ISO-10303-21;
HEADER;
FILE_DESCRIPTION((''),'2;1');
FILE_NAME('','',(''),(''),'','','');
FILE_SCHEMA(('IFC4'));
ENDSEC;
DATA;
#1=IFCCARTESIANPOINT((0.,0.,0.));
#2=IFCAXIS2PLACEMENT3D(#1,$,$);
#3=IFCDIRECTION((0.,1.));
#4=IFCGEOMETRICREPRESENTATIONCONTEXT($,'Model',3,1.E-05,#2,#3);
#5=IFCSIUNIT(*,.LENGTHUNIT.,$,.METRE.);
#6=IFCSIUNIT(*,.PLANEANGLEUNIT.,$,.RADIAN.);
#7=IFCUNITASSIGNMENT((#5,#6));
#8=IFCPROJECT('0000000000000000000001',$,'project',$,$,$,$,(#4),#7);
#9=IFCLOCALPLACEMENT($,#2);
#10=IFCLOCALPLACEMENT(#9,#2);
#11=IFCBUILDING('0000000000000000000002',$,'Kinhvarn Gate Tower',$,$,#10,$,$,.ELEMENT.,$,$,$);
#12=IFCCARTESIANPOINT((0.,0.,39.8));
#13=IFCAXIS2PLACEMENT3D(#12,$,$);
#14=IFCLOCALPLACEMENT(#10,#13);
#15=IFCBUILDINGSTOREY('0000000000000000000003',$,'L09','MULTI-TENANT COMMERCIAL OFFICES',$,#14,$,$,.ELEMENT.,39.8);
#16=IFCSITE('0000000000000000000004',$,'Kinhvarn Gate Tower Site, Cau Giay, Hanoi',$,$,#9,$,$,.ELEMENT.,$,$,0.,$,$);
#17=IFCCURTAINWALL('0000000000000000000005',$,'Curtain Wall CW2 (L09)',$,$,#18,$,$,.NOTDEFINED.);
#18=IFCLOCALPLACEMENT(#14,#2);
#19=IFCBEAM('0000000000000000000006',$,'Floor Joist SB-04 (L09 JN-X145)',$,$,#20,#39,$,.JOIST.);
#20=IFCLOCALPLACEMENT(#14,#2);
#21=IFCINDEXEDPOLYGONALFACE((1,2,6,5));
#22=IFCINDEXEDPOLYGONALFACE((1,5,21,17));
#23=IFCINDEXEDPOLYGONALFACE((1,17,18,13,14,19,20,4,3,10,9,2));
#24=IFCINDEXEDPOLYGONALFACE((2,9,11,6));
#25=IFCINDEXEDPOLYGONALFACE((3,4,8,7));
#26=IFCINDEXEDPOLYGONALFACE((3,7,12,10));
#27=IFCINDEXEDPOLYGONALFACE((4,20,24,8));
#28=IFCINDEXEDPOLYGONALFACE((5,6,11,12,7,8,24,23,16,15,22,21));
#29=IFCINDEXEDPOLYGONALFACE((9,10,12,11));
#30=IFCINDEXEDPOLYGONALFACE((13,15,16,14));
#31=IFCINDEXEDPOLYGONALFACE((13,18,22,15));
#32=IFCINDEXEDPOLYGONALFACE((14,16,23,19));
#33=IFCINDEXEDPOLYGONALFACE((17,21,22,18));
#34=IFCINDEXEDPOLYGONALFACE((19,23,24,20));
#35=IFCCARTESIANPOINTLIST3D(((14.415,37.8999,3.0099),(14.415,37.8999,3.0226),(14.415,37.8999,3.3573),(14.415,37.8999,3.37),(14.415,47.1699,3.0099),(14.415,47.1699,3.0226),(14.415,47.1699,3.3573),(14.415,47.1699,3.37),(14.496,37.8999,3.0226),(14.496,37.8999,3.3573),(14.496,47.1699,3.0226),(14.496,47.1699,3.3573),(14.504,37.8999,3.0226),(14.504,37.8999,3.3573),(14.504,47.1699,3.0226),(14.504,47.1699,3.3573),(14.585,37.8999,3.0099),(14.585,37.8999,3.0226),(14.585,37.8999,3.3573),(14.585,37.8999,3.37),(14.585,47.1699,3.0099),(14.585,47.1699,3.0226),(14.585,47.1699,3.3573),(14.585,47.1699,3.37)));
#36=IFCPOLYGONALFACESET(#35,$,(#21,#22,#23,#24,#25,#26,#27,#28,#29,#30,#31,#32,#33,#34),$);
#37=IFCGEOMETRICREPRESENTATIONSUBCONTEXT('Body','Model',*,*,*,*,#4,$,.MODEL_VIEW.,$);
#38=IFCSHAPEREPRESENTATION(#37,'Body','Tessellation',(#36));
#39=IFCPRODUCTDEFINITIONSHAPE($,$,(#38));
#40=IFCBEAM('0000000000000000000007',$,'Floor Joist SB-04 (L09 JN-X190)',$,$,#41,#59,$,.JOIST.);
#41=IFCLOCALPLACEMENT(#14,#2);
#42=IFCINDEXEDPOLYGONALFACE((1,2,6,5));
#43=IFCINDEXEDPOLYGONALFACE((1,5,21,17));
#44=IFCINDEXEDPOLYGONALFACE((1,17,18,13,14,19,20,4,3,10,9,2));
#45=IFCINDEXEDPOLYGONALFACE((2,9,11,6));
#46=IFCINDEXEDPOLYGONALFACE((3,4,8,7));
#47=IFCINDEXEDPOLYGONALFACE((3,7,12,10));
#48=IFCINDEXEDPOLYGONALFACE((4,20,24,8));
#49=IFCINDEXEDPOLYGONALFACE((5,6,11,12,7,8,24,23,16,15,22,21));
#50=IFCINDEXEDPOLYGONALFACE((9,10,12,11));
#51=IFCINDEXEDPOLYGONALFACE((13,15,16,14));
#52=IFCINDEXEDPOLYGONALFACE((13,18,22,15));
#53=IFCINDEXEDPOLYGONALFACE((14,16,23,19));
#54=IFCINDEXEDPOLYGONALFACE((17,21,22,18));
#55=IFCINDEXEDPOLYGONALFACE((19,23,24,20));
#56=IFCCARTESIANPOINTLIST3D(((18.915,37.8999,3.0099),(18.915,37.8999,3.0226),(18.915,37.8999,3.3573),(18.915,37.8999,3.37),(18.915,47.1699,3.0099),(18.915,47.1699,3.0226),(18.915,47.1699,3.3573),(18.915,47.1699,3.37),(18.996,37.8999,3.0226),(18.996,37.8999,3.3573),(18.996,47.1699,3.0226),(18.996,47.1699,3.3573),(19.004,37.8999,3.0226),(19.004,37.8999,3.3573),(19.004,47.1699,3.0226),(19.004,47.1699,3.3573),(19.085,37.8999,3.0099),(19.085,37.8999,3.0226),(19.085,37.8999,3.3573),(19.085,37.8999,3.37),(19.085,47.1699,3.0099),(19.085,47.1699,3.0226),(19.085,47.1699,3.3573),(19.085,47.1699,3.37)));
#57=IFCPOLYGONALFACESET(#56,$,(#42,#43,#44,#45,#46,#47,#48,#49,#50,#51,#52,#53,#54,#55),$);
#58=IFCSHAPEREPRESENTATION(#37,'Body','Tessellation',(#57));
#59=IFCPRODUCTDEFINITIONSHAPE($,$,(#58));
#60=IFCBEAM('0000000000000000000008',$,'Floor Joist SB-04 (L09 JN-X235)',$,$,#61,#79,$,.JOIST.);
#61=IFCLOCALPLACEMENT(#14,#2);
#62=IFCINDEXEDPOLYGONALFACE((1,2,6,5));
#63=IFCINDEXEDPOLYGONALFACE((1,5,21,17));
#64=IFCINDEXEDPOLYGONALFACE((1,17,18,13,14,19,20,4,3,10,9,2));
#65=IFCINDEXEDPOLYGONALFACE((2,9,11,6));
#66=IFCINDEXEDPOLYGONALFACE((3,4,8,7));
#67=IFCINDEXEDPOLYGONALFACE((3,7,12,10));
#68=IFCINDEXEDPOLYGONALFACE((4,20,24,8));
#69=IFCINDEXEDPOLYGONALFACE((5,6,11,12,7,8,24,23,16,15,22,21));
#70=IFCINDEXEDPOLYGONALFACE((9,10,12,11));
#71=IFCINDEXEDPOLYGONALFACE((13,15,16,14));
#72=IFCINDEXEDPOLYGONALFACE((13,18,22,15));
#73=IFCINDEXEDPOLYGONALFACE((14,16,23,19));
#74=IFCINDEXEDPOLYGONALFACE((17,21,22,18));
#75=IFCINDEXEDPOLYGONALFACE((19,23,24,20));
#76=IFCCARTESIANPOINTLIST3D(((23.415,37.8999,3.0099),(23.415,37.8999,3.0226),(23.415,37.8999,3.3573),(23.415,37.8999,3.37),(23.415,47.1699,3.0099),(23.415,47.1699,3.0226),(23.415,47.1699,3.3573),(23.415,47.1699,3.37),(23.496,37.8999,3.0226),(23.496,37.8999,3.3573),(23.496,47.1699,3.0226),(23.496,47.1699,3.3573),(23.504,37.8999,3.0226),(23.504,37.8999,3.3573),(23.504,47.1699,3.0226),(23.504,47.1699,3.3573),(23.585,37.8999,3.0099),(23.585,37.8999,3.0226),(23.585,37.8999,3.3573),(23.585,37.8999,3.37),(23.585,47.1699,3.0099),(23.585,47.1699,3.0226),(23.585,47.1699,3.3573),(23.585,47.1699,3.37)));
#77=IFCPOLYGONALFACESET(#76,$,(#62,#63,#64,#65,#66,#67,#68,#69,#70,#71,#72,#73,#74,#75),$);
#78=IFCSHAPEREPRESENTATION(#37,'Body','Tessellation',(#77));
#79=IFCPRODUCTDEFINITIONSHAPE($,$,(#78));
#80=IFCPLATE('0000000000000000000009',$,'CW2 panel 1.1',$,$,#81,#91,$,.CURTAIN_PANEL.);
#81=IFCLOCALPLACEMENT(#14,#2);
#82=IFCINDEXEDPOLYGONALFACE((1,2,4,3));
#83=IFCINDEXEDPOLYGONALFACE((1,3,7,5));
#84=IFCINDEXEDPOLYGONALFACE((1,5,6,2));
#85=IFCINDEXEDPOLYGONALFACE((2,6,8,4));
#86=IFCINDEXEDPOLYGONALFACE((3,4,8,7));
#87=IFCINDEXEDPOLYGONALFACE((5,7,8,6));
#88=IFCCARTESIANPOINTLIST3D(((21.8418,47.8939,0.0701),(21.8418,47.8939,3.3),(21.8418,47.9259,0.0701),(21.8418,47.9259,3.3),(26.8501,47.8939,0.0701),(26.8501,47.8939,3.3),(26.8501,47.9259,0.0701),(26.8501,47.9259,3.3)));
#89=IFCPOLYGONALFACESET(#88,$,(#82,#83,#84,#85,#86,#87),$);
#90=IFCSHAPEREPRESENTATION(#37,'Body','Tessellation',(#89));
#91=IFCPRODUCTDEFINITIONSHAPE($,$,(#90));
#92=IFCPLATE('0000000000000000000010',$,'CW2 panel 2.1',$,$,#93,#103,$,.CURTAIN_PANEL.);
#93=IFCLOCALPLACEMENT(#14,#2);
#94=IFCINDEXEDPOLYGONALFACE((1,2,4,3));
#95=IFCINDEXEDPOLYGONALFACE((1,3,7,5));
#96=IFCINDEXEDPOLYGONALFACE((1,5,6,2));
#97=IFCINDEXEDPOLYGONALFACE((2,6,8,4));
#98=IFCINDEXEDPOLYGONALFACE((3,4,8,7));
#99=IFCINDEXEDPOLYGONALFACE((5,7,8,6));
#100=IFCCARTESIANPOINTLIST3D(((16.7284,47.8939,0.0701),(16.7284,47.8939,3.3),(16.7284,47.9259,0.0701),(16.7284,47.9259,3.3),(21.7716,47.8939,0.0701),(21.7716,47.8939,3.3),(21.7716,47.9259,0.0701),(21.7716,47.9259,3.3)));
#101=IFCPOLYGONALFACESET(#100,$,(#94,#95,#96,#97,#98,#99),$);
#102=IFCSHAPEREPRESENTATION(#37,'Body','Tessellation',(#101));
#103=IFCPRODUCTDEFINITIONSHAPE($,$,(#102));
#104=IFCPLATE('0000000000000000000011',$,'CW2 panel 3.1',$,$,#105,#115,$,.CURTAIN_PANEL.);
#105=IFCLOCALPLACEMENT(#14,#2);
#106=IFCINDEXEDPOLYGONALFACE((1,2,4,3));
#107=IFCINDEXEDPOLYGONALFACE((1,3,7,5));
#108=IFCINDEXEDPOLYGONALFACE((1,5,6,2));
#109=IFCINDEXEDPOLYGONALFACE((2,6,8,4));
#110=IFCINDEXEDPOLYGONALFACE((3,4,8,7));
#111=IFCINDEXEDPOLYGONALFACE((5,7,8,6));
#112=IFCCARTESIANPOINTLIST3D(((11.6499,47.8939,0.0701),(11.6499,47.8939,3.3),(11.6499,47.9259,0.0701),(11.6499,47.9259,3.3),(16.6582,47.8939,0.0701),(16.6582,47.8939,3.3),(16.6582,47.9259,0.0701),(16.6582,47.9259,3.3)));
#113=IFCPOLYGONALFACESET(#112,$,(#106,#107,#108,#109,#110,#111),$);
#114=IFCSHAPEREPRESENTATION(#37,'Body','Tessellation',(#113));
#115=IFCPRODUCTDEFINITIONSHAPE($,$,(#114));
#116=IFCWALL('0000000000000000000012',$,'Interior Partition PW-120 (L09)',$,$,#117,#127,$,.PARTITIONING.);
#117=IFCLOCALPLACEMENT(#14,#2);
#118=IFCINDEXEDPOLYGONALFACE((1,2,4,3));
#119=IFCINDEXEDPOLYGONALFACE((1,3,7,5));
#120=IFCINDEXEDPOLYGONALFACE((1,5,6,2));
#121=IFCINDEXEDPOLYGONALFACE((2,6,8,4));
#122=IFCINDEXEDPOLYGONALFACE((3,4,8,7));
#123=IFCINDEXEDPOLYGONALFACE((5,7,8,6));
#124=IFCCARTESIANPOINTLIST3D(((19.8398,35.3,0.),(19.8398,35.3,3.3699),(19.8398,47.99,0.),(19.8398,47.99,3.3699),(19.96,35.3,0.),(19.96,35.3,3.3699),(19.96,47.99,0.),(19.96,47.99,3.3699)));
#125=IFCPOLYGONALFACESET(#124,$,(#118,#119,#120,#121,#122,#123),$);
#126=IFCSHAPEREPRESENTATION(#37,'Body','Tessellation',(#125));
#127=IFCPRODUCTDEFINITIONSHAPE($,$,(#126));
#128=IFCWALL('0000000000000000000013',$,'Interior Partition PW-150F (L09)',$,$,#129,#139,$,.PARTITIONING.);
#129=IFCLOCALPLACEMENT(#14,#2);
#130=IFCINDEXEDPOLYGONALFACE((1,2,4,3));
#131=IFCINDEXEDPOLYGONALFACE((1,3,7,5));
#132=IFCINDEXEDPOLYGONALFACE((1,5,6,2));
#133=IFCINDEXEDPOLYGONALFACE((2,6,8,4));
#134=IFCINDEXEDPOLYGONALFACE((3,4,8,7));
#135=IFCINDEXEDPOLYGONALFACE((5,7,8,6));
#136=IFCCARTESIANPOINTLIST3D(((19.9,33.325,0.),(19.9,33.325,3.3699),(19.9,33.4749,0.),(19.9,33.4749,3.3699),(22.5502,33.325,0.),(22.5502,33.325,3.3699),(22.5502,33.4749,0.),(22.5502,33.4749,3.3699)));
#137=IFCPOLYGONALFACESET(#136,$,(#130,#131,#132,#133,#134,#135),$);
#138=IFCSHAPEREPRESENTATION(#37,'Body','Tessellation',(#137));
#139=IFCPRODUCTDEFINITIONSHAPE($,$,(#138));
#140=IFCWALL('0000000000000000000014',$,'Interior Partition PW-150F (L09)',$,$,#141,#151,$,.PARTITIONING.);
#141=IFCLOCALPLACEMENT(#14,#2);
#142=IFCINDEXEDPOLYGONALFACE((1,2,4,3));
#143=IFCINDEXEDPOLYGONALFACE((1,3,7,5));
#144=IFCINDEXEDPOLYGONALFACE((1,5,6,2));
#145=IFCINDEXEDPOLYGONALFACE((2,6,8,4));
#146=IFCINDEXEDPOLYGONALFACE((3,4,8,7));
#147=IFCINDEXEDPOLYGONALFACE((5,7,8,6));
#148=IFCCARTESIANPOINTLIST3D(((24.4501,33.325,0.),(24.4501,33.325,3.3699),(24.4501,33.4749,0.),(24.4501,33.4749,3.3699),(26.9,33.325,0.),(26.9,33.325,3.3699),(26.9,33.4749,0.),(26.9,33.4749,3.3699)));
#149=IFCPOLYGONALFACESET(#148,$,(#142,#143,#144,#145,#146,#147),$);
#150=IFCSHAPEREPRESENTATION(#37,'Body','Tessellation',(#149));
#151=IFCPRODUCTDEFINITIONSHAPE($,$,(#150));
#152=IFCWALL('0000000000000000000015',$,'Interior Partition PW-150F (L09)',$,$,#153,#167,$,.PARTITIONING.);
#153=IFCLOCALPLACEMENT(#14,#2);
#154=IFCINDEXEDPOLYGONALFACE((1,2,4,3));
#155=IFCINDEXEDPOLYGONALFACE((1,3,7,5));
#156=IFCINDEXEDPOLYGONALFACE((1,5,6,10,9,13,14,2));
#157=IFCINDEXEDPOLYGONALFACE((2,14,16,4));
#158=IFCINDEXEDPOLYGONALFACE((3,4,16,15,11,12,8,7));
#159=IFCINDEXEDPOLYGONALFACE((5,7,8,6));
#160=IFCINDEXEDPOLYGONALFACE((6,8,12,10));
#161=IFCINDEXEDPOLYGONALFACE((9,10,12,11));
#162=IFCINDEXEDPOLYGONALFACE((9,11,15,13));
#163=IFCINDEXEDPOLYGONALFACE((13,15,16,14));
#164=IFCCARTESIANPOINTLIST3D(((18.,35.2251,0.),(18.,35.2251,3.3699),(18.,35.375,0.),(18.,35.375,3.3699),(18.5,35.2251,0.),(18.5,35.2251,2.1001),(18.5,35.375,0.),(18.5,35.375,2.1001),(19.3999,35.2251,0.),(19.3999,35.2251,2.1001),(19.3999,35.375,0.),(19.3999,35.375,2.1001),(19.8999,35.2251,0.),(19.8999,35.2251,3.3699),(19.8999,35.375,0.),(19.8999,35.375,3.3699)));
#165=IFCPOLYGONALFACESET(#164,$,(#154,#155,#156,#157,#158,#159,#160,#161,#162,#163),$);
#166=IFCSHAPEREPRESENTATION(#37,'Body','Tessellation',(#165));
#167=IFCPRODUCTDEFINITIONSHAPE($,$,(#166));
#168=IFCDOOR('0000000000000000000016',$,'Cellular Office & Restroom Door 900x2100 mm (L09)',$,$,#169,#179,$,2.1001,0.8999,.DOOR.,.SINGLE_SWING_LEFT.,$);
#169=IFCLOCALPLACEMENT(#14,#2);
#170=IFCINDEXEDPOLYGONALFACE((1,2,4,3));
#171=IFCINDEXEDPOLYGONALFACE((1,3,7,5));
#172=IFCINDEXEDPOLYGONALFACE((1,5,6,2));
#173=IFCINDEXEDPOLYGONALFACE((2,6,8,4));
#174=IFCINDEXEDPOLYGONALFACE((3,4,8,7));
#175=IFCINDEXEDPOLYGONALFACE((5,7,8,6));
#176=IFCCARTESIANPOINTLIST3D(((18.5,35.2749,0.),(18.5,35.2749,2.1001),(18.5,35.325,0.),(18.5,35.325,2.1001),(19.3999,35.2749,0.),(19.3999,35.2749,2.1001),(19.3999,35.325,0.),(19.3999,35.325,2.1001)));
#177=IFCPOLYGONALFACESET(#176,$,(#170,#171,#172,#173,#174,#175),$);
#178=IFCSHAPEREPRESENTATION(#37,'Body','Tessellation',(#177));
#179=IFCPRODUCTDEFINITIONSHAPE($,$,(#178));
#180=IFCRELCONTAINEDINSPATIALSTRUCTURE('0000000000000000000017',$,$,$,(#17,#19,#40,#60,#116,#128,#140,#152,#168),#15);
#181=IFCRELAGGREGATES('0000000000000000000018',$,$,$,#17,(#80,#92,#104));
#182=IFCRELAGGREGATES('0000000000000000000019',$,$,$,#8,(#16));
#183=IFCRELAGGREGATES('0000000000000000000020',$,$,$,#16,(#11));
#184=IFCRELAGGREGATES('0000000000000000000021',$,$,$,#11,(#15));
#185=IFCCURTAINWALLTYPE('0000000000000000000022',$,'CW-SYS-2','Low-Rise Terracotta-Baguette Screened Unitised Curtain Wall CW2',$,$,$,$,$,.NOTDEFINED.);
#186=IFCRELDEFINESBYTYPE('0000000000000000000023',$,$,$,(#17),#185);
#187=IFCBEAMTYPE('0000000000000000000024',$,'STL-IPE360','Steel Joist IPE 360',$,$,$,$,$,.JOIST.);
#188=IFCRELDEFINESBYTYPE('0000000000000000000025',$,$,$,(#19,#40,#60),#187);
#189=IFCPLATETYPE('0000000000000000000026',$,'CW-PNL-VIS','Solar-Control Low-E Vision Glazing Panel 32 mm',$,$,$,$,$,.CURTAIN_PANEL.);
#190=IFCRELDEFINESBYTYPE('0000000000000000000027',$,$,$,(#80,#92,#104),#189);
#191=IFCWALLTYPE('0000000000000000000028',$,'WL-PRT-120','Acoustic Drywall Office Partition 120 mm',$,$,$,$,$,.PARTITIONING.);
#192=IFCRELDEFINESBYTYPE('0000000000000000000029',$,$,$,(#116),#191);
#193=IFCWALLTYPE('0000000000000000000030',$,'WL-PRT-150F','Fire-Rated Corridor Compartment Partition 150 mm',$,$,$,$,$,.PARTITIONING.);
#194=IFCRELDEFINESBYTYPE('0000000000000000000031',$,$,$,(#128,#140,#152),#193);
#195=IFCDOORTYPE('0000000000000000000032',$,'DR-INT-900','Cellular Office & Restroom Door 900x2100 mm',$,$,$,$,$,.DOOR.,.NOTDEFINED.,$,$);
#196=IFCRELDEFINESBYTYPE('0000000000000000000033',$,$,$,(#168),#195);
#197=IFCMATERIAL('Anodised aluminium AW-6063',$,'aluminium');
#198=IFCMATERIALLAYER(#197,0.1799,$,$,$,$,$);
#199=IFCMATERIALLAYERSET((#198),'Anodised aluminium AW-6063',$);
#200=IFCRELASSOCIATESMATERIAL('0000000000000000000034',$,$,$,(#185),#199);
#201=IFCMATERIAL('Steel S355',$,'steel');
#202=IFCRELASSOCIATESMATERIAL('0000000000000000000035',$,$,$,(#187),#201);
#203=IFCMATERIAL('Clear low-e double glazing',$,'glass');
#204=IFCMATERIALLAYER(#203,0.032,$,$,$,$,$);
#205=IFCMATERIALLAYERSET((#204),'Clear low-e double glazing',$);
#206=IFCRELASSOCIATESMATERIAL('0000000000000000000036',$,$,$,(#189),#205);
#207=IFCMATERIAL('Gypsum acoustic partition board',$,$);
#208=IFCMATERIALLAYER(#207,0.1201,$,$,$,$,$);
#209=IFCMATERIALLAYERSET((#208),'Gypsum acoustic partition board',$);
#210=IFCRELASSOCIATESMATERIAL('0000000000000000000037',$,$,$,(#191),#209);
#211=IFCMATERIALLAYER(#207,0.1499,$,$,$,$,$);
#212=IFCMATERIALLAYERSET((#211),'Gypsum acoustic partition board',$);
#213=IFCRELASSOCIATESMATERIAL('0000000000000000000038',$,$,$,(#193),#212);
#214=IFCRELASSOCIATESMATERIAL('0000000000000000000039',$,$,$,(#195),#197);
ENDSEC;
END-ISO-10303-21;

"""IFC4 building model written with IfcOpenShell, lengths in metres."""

from ifc_helpers import new_model, si_unit, direction, frame, frame_2d, origin, origin_2d, place, context, subcontext, project, spatial, rectangle, i_section, extrude, material, layer, layer_set, material_profile, profile_set, type_object, element, fill, aggregate, save


model = new_model("IFC4")

# Units and contexts
model_context = context("Model", 3, precision=1e-05, world=origin(), true_north=direction((0.0, 1.0)))
body_context = subcontext(model_context, "Body", "Model", "MODEL_VIEW")
ifc_project = project(units=[si_unit("LENGTHUNIT", "METRE"), si_unit("PLANEANGLEUNIT", "RADIAN")], contexts=[model_context])

# Site, building, storey
site_placement = place(None, origin())
site = spatial("IfcSite", under=ifc_project, at=site_placement, Name="Kinhvarn Gate Tower Site, Cau Giay, Hanoi", CompositionType="ELEMENT", RefElevation=0.0)
building_placement = place(site_placement, origin())
building = spatial("IfcBuilding", under=site, at=building_placement, Name="Kinhvarn Gate Tower", CompositionType="ELEMENT")
storey_placement = place(building_placement, frame((0.0, 0.0, 39.8)))
storey = spatial("IfcBuildingStorey", under=building, at=storey_placement, Name="L09", Description="MULTI-TENANT COMMERCIAL OFFICES", CompositionType="ELEMENT", Elevation=39.8)

# Curtain wall
ifc_material_1 = material(Name="Anodised aluminium AW-6063", Category="aluminium")
ifc_layer_1 = layer(ifc_material_1, 0.1799)
ifc_layer_set_1 = layer_set([ifc_layer_1], Name="Anodised aluminium AW-6063")
curtain_wall_type = type_object("IfcCurtainWallType", Name="CW-SYS-2", Description="Low-Rise Terracotta-Baguette Screened Unitised Curtain Wall CW2", PredefinedType="NOTDEFINED", material=ifc_layer_set_1)
curtain_wall_placement = place(storey_placement, origin())
curtain_wall = element("IfcCurtainWall", 1, at=curtain_wall_placement, inside=storey, type_object=curtain_wall_type, Name="Curtain Wall CW2 (L09)", PredefinedType="NOTDEFINED")

# Beams
ifc_material_2 = material(Name="Steel S355", Category="steel")
ifc_material_profile_1 = material_profile(ifc_material_2, i_section(OverallWidth=0.1699, OverallDepth=0.3601, WebThickness=0.0081, FlangeThickness=0.0127, at=origin_2d()), Name="IPE 360")
ifc_profile_set_1 = profile_set([ifc_material_profile_1], Name="Steel S355")
beam_type_1 = type_object("IfcBeamType", Name="STL-IPE360", Description="Steel Joist IPE 360", PredefinedType="JOIST", material=ifc_profile_set_1)
for number, where, z_axis, x_axis, name in (
    (2, (14.5, 37.8999, 3.1899), (0.0, 1.0, 0.0), (-1.0, 0.0, 0.0), "Floor Joist SB-04 (L09 JN-X145)"),
    (3, (19.0, 37.8999, 3.1899), (0.0, 1.0, 0.0), (-1.0, 0.0, 0.0), "Floor Joist SB-04 (L09 JN-X190)"),
    (4, (23.5, 37.8999, 3.1899), (0.0, 1.0, 0.0), (-1.0, 0.0, 0.0), "Floor Joist SB-04 (L09 JN-X235)"),
):
    element("IfcBeam", number, at=place(storey_placement, frame(where, z_axis=z_axis, x_axis=x_axis)), inside=storey, type_object=beam_type_1, Name=name, PredefinedType="JOIST", context=body_context, shape_type="SweptSolid", body=[
        extrude(i_section(OverallWidth=0.1699, OverallDepth=0.3601, WebThickness=0.0081, FlangeThickness=0.0127, at=origin_2d()), origin(), (0.0, 0.0, 1.0), 9.27),
    ])

# Plates
ifc_material_3 = material(Name="Clear low-e double glazing", Category="glass")
ifc_layer_2 = layer(ifc_material_3, 0.032)
ifc_layer_set_2 = layer_set([ifc_layer_2], Name="Clear low-e double glazing")
plate_type = type_object("IfcPlateType", Name="CW-PNL-VIS", Description="Solar-Control Low-E Vision Glazing Panel 32 mm", PredefinedType="CURTAIN_PANEL", material=ifc_layer_set_2)
plate_1_placement = place(storey_placement, frame((24.3459, 47.9099, 0.0701), z_axis=(0.0, 0.0, 1.0), x_axis=(-1.0, 0.0, 0.0)))
plate_1 = element("IfcPlate", 5, at=plate_1_placement, type_object=plate_type, Name="CW2 panel 1.1", PredefinedType="CURTAIN_PANEL", context=body_context, shape_type="SweptSolid", body=[
    extrude(rectangle(XDim=5.0083, YDim=0.032, at=origin_2d()), origin(), (0.0, 0.0, 1.0), 3.23),
])
plate_2_placement = place(storey_placement, frame((19.25, 47.9099, 0.0701), z_axis=(0.0, 0.0, 1.0), x_axis=(-1.0, 0.0, 0.0)))
plate_2 = element("IfcPlate", 6, at=plate_2_placement, type_object=plate_type, Name="CW2 panel 2.1", PredefinedType="CURTAIN_PANEL", context=body_context, shape_type="SweptSolid", body=[
    extrude(rectangle(XDim=5.0432, YDim=0.032, at=origin_2d()), origin(), (0.0, 0.0, 1.0), 3.23),
])
plate_3_placement = place(storey_placement, frame((14.1541, 47.9099, 0.0701), z_axis=(0.0, 0.0, 1.0), x_axis=(-1.0, 0.0, 0.0)))
plate_3 = element("IfcPlate", 7, at=plate_3_placement, type_object=plate_type, Name="CW2 panel 3.1", PredefinedType="CURTAIN_PANEL", context=body_context, shape_type="SweptSolid", body=[
    extrude(rectangle(XDim=5.0083, YDim=0.032, at=origin_2d()), origin(), (0.0, 0.0, 1.0), 3.23),
])
aggregate(curtain_wall, [plate_1, plate_2, plate_3])

# Walls
ifc_material_4 = material(Name="Gypsum acoustic partition board")
ifc_layer_3 = layer(ifc_material_4, 0.1201)
ifc_layer_set_3 = layer_set([ifc_layer_3], Name="Gypsum acoustic partition board")
wall_type_1 = type_object("IfcWallType", Name="WL-PRT-120", Description="Acoustic Drywall Office Partition 120 mm", PredefinedType="PARTITIONING", material=ifc_layer_set_3)
wall_1_placement = place(storey_placement, frame((19.8999, 35.3, 0.0), z_axis=(0.0, 0.0, 1.0), x_axis=(0.0, 1.0, 0.0)))
element("IfcWall", 8, at=wall_1_placement, inside=storey, type_object=wall_type_1, Name="Interior Partition PW-120 (L09)", PredefinedType="PARTITIONING", context=body_context, shape_type="SweptSolid", body=[
    extrude(rectangle(XDim=12.6899, YDim=0.1201, at=frame_2d((6.345, 0.0))), origin(), (0.0, 0.0, 1.0), 3.3699),
])
ifc_layer_4 = layer(ifc_material_4, 0.1499)
ifc_layer_set_4 = layer_set([ifc_layer_4], Name="Gypsum acoustic partition board")
wall_type_2 = type_object("IfcWallType", Name="WL-PRT-150F", Description="Fire-Rated Corridor Compartment Partition 150 mm", PredefinedType="PARTITIONING", material=ifc_layer_set_4)
wall_2_placement = place(storey_placement, frame((19.8999, 33.3999, 0.0), z_axis=(0.0, 0.0, 1.0), x_axis=(1.0, 0.0, 0.0)))
element("IfcWall", 9, at=wall_2_placement, inside=storey, type_object=wall_type_2, Name="Interior Partition PW-150F (L09)", PredefinedType="PARTITIONING", context=body_context, shape_type="SweptSolid", body=[
    extrude(rectangle(XDim=2.6501, YDim=0.1499, at=frame_2d((1.3252, 0.0))), origin(), (0.0, 0.0, 1.0), 3.3699),
])
wall_3_placement = place(storey_placement, frame((24.45, 33.3999, 0.0), z_axis=(0.0, 0.0, 1.0), x_axis=(1.0, 0.0, 0.0)))
element("IfcWall", 10, at=wall_3_placement, inside=storey, type_object=wall_type_2, Name="Interior Partition PW-150F (L09)", PredefinedType="PARTITIONING", context=body_context, shape_type="SweptSolid", body=[
    extrude(rectangle(XDim=2.45, YDim=0.1499, at=frame_2d((1.2251, 0.0))), origin(), (0.0, 0.0, 1.0), 3.3699),
])

# Wall, opening, door
wall_4_placement = place(storey_placement, frame((18.0, 35.3, 0.0), z_axis=(0.0, 0.0, 1.0), x_axis=(1.0, 0.0, 0.0)))
wall_4 = element("IfcWall", 11, at=wall_4_placement, inside=storey, type_object=wall_type_2, Name="Interior Partition PW-150F (L09)", PredefinedType="PARTITIONING", context=body_context, shape_type="SweptSolid", body=[
    extrude(rectangle(XDim=1.8999, YDim=0.1499, at=frame_2d((0.95, 0.0))), origin(), (0.0, 0.0, 1.0), 3.3699),
])
opening_1_placement = place(wall_4_placement, frame((0.5, 0.0, 0.0)))
opening_1 = element("IfcOpeningElement", 12, at=opening_1_placement, cuts=wall_4, PredefinedType="OPENING", context=body_context, shape_type="SweptSolid", body=[
    extrude(rectangle(XDim=0.8999, YDim=2.1001, at=frame_2d((0.45, 1.05))), frame((0.0, 0.085, 0.0), z_axis=(0.0, -1.0, 0.0), x_axis=(1.0, 0.0, 0.0)), (0.0, 0.0, 1.0), 0.1699),
])
door_type_1 = type_object("IfcDoorType", Name="DR-INT-900", Description="Cellular Office & Restroom Door 900x2100 mm", OperationType="NOTDEFINED", PredefinedType="DOOR", material=ifc_material_1)
door_1_placement = place(opening_1_placement, origin())
door_1 = element("IfcDoor", 13, at=door_1_placement, inside=storey, type_object=door_type_1, Name="Cellular Office & Restroom Door 900x2100 mm (L09)", OperationType="SINGLE_SWING_LEFT", OverallHeight=2.1001, OverallWidth=0.8999, PredefinedType="DOOR", context=body_context, shape_type="SweptSolid", body=[
    extrude(rectangle(XDim=0.8999, YDim=2.1001, at=frame_2d((0.45, 1.05))), frame((0.0, 0.0249, 0.0), z_axis=(0.0, -1.0, 0.0), x_axis=(1.0, 0.0, 0.0)), (0.0, 0.0, 1.0), 0.05),
])
fill(opening_1, door_1)

save(model, "model.ifc")
